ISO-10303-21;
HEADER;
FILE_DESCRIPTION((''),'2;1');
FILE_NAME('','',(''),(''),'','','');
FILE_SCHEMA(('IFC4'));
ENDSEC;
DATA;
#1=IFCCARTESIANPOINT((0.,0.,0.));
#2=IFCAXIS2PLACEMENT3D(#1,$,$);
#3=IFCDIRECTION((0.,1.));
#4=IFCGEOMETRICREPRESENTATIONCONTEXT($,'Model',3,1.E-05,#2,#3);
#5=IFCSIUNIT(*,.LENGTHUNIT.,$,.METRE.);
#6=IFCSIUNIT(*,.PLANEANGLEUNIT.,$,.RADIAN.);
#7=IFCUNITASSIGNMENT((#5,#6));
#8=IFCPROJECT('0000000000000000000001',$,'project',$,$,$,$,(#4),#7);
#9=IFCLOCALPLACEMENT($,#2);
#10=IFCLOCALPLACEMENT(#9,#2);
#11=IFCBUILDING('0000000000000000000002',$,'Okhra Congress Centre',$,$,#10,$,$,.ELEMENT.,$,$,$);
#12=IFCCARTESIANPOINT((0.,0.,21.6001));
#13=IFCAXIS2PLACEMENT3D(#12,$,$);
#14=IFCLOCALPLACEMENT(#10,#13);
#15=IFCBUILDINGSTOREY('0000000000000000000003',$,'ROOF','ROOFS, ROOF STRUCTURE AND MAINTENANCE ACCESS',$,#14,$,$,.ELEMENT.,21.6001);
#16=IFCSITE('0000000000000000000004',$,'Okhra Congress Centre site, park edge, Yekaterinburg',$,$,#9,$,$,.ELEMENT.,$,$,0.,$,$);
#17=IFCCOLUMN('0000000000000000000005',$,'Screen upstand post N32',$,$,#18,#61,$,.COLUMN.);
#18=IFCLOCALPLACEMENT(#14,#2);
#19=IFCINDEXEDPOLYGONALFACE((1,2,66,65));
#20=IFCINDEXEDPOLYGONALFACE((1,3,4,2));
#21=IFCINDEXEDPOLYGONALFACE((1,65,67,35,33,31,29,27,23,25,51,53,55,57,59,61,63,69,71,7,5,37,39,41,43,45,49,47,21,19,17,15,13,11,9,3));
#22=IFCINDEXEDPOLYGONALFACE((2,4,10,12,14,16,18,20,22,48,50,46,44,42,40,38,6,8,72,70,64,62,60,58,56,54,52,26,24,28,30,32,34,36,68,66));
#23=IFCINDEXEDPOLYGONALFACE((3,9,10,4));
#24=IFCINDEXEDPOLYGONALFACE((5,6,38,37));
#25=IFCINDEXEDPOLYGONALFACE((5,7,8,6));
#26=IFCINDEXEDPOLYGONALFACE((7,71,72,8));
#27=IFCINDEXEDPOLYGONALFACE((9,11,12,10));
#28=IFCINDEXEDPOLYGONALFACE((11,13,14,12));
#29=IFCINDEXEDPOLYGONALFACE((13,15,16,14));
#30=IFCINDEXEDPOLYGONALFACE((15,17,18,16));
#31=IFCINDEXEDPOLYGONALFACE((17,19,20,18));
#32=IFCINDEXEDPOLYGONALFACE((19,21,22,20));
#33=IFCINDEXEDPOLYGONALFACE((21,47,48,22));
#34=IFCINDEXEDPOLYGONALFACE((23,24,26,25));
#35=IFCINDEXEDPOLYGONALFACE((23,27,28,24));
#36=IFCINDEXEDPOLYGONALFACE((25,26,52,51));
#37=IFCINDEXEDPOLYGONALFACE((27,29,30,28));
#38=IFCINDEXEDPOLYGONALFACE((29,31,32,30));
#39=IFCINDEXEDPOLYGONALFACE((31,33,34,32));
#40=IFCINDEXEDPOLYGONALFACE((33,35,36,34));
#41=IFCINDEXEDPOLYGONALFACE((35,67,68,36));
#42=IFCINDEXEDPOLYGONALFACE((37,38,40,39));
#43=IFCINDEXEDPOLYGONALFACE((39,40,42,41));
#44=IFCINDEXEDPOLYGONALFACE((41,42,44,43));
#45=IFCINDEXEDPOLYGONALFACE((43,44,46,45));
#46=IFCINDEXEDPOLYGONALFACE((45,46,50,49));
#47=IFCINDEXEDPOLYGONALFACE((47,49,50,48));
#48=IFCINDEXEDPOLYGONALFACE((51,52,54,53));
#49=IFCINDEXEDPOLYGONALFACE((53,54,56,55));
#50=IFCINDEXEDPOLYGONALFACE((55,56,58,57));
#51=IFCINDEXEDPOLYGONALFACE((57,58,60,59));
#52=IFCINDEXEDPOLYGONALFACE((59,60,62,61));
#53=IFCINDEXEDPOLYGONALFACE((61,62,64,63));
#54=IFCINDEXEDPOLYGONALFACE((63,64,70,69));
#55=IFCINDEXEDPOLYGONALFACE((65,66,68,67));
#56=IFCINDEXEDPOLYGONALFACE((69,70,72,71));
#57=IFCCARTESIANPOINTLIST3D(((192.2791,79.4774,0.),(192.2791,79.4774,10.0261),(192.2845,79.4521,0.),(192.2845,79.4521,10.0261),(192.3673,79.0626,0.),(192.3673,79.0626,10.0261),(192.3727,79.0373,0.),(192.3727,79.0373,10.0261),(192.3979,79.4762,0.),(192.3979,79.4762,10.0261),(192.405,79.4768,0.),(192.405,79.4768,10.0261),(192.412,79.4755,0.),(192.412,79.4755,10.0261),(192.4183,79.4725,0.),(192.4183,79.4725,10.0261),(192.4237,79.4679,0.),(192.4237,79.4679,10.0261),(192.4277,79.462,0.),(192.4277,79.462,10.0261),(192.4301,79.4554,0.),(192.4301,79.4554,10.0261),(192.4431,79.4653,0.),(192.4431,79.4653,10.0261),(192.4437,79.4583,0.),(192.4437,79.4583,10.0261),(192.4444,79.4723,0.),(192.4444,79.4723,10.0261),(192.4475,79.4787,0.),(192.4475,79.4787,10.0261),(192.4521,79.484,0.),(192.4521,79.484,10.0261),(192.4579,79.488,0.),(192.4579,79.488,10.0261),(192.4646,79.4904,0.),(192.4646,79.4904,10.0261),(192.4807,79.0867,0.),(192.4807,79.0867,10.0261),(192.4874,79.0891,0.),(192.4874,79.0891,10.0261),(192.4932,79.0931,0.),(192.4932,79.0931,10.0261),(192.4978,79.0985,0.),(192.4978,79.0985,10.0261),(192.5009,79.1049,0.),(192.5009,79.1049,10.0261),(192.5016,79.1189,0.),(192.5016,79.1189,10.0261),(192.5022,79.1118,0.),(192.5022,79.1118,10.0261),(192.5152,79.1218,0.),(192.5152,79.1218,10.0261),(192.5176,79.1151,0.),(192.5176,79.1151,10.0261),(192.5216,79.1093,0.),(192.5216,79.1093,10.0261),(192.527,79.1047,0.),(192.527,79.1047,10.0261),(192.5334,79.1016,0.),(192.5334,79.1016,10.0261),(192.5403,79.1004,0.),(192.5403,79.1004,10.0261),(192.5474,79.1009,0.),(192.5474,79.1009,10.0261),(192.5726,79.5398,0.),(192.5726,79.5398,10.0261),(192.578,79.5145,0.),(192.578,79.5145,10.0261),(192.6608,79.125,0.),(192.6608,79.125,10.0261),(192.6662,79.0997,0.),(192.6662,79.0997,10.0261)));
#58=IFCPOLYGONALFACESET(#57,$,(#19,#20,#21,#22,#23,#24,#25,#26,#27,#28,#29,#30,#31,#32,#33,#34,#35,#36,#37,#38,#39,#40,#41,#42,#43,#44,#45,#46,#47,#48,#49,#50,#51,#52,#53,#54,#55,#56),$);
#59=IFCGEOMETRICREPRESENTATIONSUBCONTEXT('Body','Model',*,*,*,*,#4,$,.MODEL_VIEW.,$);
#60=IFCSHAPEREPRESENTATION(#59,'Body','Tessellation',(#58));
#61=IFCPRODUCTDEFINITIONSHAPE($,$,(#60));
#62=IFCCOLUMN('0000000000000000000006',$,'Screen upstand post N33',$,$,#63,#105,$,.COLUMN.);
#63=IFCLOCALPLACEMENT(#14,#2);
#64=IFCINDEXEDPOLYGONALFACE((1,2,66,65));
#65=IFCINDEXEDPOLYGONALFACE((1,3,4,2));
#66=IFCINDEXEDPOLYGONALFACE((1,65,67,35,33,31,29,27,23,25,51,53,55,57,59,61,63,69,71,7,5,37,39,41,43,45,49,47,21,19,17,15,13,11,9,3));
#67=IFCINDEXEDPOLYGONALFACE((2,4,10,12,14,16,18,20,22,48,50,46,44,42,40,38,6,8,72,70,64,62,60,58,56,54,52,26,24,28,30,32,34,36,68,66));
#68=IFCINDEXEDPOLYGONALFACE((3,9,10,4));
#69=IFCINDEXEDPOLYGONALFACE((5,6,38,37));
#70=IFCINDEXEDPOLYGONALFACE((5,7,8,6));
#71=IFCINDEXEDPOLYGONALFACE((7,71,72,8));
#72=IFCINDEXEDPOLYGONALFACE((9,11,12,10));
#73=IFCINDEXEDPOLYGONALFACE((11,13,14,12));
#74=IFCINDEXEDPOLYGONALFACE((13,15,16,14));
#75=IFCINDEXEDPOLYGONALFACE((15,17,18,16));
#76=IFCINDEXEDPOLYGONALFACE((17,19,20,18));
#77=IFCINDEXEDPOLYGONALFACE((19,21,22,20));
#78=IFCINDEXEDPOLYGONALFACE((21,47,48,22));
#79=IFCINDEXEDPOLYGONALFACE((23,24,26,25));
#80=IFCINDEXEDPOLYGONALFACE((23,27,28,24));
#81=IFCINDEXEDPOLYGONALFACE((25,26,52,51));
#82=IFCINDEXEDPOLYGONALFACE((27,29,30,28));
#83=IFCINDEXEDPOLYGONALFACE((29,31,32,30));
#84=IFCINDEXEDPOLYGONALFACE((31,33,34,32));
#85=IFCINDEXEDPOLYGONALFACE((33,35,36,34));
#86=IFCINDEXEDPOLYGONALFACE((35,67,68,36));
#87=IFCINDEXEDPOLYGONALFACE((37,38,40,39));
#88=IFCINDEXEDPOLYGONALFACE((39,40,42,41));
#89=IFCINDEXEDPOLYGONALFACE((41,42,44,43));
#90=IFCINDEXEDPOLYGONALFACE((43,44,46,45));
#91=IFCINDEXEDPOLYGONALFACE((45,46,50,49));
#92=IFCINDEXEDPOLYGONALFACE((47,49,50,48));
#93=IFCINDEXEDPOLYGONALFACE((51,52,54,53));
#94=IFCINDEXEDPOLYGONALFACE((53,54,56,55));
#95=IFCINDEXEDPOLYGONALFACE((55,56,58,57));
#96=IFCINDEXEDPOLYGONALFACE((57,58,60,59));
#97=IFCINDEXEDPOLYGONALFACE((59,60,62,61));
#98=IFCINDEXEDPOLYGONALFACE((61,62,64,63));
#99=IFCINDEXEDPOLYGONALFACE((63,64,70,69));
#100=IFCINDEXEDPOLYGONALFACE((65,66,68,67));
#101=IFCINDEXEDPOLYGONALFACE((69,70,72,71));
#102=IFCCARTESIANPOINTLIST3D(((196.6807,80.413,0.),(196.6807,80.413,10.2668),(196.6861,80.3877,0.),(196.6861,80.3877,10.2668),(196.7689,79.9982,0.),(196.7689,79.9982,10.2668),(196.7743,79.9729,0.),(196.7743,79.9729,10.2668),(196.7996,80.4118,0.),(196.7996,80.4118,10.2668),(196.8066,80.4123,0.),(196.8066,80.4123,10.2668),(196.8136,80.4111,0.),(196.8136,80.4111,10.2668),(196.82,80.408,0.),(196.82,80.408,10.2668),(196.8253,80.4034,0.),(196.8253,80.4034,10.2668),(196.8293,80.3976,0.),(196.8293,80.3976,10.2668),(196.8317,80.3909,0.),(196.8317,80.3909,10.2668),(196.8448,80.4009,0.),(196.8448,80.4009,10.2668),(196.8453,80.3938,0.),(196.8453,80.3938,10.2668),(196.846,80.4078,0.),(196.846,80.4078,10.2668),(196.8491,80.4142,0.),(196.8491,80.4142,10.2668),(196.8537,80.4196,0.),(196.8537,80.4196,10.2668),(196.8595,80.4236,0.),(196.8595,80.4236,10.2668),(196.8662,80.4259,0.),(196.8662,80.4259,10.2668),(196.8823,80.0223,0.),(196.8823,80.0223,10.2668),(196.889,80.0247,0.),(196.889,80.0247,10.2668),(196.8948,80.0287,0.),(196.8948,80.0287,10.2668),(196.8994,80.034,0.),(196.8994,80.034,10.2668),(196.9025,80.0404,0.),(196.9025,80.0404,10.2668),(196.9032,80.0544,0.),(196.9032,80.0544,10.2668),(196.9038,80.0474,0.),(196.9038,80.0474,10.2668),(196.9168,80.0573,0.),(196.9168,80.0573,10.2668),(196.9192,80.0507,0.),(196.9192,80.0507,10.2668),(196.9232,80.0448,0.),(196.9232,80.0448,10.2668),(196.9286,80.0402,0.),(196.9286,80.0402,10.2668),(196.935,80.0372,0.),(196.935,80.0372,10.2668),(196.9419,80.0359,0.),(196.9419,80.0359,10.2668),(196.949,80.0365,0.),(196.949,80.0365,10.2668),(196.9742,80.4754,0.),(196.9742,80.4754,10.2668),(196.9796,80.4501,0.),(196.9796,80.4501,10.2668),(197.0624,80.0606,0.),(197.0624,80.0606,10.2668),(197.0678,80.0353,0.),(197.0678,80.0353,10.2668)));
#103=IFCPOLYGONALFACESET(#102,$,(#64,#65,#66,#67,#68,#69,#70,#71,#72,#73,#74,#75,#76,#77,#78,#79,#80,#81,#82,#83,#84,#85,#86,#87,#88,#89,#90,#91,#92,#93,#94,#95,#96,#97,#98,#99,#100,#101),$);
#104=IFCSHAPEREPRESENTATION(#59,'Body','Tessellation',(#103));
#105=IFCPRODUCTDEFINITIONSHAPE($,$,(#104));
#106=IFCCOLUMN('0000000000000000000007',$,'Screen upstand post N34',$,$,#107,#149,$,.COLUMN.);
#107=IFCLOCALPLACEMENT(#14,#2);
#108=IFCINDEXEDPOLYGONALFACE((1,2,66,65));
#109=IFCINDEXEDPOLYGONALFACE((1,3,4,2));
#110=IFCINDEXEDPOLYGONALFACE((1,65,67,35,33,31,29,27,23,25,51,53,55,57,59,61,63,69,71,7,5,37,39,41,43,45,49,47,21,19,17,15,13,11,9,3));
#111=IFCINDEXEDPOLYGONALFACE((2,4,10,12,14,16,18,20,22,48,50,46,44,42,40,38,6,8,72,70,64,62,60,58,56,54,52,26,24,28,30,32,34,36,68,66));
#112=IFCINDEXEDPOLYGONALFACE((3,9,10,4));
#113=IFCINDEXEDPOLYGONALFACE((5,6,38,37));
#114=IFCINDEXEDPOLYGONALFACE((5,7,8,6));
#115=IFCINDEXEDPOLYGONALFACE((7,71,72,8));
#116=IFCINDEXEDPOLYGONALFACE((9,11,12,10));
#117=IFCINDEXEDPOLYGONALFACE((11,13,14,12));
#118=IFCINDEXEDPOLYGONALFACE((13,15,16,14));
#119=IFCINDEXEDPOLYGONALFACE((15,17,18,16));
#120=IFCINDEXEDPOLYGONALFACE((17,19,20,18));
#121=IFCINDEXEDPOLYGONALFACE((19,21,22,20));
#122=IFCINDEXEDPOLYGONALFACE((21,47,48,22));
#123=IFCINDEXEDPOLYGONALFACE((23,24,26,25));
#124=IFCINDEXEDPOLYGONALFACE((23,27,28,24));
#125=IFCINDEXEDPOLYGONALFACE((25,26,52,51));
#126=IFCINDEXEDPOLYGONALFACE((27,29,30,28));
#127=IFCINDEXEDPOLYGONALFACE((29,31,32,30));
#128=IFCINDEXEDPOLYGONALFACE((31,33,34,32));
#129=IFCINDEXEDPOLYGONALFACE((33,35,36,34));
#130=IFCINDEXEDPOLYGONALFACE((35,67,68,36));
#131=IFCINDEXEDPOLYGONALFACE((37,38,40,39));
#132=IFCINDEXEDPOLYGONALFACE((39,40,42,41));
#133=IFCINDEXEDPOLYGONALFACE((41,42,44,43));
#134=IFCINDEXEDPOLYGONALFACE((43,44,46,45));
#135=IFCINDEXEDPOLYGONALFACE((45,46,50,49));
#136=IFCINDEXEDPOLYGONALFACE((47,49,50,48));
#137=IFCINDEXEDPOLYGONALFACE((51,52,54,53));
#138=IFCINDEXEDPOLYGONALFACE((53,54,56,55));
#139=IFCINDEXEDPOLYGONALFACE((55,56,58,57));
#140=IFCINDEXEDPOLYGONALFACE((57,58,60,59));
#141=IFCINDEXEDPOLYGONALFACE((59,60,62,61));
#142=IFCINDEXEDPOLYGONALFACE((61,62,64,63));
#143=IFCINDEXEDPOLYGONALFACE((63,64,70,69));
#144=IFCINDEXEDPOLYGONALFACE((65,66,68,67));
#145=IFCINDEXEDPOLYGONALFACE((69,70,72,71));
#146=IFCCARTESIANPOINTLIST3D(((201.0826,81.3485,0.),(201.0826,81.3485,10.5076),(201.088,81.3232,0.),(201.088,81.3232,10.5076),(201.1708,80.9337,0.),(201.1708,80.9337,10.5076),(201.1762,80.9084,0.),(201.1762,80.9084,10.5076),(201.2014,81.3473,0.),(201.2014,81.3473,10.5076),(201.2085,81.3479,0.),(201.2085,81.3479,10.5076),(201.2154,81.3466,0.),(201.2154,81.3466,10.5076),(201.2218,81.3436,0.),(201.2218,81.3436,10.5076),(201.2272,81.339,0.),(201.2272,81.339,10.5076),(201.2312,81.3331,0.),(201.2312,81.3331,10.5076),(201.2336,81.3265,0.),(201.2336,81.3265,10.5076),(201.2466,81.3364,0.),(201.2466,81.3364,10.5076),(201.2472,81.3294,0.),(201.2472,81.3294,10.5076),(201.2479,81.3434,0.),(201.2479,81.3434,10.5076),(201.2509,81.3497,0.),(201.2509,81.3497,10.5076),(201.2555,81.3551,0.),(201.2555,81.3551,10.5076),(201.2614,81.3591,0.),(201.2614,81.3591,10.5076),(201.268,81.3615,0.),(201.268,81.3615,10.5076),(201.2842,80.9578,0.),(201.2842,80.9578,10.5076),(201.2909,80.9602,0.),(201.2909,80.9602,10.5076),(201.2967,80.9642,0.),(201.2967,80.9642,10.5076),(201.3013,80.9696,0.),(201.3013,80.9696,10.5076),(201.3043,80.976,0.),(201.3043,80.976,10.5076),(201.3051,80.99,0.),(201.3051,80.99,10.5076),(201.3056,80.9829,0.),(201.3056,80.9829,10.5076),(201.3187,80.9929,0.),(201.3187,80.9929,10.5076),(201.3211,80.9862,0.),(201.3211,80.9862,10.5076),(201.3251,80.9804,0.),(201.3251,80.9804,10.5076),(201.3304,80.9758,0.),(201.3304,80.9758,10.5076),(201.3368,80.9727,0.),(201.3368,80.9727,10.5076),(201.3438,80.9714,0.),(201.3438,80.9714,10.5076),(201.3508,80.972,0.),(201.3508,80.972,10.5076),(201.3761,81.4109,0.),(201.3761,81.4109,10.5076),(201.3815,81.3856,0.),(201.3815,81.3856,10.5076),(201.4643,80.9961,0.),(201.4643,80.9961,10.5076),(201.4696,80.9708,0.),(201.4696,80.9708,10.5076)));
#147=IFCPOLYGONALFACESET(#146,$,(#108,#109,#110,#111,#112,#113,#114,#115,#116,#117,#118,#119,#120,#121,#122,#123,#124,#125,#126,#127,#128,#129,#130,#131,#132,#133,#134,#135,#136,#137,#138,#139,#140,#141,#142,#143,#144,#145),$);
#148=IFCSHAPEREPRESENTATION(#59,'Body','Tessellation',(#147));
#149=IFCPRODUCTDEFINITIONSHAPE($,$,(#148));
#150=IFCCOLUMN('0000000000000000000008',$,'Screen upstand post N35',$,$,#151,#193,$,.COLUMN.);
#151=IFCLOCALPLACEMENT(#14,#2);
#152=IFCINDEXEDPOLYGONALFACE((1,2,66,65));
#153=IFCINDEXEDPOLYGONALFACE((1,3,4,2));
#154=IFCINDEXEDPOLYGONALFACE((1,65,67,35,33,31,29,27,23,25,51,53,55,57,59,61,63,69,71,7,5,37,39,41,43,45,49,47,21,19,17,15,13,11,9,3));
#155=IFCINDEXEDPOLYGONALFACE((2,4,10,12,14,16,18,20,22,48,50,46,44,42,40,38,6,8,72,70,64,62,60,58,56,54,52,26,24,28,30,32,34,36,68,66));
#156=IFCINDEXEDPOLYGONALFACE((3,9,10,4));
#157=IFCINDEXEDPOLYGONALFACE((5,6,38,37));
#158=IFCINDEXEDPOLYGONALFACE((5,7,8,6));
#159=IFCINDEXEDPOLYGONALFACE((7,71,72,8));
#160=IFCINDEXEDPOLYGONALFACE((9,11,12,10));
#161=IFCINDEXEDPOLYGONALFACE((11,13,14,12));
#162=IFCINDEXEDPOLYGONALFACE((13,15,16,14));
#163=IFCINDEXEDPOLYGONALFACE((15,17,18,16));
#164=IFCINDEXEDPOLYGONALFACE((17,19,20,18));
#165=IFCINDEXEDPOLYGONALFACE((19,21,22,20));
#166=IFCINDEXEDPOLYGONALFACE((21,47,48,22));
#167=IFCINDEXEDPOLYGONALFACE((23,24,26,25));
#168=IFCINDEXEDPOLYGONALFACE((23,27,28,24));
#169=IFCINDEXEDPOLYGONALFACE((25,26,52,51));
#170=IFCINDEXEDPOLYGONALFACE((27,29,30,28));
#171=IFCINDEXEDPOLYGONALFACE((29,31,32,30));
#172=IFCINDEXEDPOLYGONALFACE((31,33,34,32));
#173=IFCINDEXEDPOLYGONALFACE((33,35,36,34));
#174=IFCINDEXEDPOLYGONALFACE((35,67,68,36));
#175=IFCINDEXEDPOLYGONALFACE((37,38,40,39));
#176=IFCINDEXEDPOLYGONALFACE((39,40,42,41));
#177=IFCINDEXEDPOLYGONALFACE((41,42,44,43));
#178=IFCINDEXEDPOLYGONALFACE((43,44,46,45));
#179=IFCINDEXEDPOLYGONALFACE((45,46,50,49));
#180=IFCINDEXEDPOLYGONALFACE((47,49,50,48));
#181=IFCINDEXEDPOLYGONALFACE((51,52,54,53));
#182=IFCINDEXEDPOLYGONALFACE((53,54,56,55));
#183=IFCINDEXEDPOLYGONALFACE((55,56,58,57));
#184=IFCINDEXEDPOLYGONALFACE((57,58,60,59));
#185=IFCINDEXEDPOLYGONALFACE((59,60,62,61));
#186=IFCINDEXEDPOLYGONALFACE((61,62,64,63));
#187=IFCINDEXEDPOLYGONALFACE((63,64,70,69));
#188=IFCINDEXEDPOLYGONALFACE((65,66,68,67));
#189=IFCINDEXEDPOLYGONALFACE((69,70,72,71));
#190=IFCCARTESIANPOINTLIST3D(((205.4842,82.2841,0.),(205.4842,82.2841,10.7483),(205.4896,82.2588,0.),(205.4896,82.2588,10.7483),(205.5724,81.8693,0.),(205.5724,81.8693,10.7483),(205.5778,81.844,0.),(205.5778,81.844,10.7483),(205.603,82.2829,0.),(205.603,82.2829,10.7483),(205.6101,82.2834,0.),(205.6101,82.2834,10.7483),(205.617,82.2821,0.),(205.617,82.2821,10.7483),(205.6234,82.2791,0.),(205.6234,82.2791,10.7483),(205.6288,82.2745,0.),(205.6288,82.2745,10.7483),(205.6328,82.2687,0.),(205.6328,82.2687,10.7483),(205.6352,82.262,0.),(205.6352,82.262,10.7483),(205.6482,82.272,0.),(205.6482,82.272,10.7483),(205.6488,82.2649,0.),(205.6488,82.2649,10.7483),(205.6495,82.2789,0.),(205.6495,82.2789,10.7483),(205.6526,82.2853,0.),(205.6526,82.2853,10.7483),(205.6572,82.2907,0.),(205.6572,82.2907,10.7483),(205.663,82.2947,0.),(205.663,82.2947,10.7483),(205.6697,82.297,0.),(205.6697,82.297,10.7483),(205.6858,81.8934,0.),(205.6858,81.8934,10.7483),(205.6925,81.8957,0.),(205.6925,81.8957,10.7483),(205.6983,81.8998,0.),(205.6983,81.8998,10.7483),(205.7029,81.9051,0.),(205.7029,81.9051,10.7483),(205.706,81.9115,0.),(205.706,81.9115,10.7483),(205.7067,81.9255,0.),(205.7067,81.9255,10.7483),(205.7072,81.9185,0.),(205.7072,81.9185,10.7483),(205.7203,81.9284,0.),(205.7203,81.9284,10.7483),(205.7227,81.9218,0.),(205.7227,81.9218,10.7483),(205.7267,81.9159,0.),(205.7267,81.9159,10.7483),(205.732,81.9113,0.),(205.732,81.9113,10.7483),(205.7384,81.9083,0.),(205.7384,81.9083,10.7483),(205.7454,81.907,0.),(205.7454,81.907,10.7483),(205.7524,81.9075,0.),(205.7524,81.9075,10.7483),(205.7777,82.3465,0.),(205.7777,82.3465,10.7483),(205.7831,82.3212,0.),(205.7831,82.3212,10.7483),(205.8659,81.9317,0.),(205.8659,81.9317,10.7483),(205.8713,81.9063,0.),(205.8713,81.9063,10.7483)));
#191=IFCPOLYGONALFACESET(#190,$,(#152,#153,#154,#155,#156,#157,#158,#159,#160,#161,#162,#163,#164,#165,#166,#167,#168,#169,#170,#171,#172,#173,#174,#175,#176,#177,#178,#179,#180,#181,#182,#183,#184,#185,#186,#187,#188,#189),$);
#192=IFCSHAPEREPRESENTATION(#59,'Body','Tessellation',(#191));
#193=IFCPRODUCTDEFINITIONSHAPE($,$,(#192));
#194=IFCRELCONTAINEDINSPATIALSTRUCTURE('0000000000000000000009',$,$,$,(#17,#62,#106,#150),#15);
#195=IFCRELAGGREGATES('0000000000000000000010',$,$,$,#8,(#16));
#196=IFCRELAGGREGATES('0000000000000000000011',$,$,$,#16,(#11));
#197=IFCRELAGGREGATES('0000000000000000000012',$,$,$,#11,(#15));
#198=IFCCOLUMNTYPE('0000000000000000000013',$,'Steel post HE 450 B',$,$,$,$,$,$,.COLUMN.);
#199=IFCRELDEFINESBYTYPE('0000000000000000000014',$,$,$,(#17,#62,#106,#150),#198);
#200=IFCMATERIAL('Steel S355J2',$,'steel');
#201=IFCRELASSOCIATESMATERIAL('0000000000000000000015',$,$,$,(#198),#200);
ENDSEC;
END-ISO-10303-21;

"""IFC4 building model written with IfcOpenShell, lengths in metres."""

from ifc_helpers import new_model, si_unit, direction, frame, origin, origin_2d, place, context, subcontext, project, spatial, i_section, extrude, material, material_profile, profile_set, type_object, element, save


model = new_model("IFC4")

# Units and contexts
model_context = context("Model", 3, precision=1e-05, world=origin(), true_north=direction((0.0, 1.0)))
body_context = subcontext(model_context, "Body", "Model", "MODEL_VIEW")
ifc_project = project(units=[si_unit("LENGTHUNIT", "METRE"), si_unit("PLANEANGLEUNIT", "RADIAN")], contexts=[model_context])

# Site, building, storey
site_placement = place(None, origin())
site = spatial("IfcSite", under=ifc_project, at=site_placement, Name="Okhra Congress Centre site, park edge, Yekaterinburg", CompositionType="ELEMENT", RefElevation=0.0)
building_placement = place(site_placement, origin())
building = spatial("IfcBuilding", under=site, at=building_placement, Name="Okhra Congress Centre", CompositionType="ELEMENT")
storey_placement = place(building_placement, frame((0.0, 0.0, 21.6001)))
storey = spatial("IfcBuildingStorey", under=building, at=storey_placement, Name="ROOF", Description="ROOFS, ROOF STRUCTURE AND MAINTENANCE ACCESS", CompositionType="ELEMENT", Elevation=21.6001)

# Columns
ifc_material_1 = material(Name="Steel S355J2", Category="steel")
ifc_material_profile_1 = material_profile(ifc_material_1, i_section(OverallWidth=0.3, OverallDepth=0.45, WebThickness=0.0139, FlangeThickness=0.0259, FilletRadius=0.0271, at=origin_2d()), Name="HE 450 B")
ifc_profile_set_1 = profile_set([ifc_material_profile_1], Name="Steel S355J2")
column_type = type_object("IfcColumnType", Name="Steel post HE 450 B", PredefinedType="COLUMN", material=ifc_profile_set_1)
column_1_placement = place(storey_placement, frame((192.4727, 79.2886, 0.0), z_axis=(0.0, 0.0, 1.0), x_axis=(0.978148, 0.207912, 0.0)))
element("IfcColumn", 1, at=column_1_placement, inside=storey, type_object=column_type, Name="Screen upstand post N32", PredefinedType="COLUMN", context=body_context, shape_type="SweptSolid", body=[
    extrude(i_section(OverallWidth=0.3, OverallDepth=0.45, WebThickness=0.0139, FlangeThickness=0.0259, FilletRadius=0.0271, at=origin_2d()), origin(), (0.0, 0.0, 1.0), 10.0261),
])
column_2_placement = place(storey_placement, frame((196.8743, 80.2241, 0.0), z_axis=(0.0, 0.0, 1.0), x_axis=(0.978148, 0.207912, 0.0)))
element("IfcColumn", 2, at=column_2_placement, inside=storey, type_object=column_type, Name="Screen upstand post N33", PredefinedType="COLUMN", context=body_context, shape_type="SweptSolid", body=[
    extrude(i_section(OverallWidth=0.3, OverallDepth=0.45, WebThickness=0.0139, FlangeThickness=0.0259, FilletRadius=0.0271, at=origin_2d()), origin(), (0.0, 0.0, 1.0), 10.2668),
])
column_3_placement = place(storey_placement, frame((201.2761, 81.1597, 0.0), z_axis=(0.0, 0.0, 1.0), x_axis=(0.978148, 0.207912, 0.0)))
element("IfcColumn", 3, at=column_3_placement, inside=storey, type_object=column_type, Name="Screen upstand post N34", PredefinedType="COLUMN", context=body_context, shape_type="SweptSolid", body=[
    extrude(i_section(OverallWidth=0.3, OverallDepth=0.45, WebThickness=0.0139, FlangeThickness=0.0259, FilletRadius=0.0271, at=origin_2d()), origin(), (0.0, 0.0, 1.0), 10.5076),
])
column_4_placement = place(storey_placement, frame((205.6777, 82.0952, 0.0), z_axis=(0.0, 0.0, 1.0), x_axis=(0.978148, 0.207912, 0.0)))
element("IfcColumn", 4, at=column_4_placement, inside=storey, type_object=column_type, Name="Screen upstand post N35", PredefinedType="COLUMN", context=body_context, shape_type="SweptSolid", body=[
    extrude(i_section(OverallWidth=0.3, OverallDepth=0.45, WebThickness=0.0139, FlangeThickness=0.0259, FilletRadius=0.0271, at=origin_2d()), origin(), (0.0, 0.0, 1.0), 10.7483),
])

save(model, "model.ifc")
